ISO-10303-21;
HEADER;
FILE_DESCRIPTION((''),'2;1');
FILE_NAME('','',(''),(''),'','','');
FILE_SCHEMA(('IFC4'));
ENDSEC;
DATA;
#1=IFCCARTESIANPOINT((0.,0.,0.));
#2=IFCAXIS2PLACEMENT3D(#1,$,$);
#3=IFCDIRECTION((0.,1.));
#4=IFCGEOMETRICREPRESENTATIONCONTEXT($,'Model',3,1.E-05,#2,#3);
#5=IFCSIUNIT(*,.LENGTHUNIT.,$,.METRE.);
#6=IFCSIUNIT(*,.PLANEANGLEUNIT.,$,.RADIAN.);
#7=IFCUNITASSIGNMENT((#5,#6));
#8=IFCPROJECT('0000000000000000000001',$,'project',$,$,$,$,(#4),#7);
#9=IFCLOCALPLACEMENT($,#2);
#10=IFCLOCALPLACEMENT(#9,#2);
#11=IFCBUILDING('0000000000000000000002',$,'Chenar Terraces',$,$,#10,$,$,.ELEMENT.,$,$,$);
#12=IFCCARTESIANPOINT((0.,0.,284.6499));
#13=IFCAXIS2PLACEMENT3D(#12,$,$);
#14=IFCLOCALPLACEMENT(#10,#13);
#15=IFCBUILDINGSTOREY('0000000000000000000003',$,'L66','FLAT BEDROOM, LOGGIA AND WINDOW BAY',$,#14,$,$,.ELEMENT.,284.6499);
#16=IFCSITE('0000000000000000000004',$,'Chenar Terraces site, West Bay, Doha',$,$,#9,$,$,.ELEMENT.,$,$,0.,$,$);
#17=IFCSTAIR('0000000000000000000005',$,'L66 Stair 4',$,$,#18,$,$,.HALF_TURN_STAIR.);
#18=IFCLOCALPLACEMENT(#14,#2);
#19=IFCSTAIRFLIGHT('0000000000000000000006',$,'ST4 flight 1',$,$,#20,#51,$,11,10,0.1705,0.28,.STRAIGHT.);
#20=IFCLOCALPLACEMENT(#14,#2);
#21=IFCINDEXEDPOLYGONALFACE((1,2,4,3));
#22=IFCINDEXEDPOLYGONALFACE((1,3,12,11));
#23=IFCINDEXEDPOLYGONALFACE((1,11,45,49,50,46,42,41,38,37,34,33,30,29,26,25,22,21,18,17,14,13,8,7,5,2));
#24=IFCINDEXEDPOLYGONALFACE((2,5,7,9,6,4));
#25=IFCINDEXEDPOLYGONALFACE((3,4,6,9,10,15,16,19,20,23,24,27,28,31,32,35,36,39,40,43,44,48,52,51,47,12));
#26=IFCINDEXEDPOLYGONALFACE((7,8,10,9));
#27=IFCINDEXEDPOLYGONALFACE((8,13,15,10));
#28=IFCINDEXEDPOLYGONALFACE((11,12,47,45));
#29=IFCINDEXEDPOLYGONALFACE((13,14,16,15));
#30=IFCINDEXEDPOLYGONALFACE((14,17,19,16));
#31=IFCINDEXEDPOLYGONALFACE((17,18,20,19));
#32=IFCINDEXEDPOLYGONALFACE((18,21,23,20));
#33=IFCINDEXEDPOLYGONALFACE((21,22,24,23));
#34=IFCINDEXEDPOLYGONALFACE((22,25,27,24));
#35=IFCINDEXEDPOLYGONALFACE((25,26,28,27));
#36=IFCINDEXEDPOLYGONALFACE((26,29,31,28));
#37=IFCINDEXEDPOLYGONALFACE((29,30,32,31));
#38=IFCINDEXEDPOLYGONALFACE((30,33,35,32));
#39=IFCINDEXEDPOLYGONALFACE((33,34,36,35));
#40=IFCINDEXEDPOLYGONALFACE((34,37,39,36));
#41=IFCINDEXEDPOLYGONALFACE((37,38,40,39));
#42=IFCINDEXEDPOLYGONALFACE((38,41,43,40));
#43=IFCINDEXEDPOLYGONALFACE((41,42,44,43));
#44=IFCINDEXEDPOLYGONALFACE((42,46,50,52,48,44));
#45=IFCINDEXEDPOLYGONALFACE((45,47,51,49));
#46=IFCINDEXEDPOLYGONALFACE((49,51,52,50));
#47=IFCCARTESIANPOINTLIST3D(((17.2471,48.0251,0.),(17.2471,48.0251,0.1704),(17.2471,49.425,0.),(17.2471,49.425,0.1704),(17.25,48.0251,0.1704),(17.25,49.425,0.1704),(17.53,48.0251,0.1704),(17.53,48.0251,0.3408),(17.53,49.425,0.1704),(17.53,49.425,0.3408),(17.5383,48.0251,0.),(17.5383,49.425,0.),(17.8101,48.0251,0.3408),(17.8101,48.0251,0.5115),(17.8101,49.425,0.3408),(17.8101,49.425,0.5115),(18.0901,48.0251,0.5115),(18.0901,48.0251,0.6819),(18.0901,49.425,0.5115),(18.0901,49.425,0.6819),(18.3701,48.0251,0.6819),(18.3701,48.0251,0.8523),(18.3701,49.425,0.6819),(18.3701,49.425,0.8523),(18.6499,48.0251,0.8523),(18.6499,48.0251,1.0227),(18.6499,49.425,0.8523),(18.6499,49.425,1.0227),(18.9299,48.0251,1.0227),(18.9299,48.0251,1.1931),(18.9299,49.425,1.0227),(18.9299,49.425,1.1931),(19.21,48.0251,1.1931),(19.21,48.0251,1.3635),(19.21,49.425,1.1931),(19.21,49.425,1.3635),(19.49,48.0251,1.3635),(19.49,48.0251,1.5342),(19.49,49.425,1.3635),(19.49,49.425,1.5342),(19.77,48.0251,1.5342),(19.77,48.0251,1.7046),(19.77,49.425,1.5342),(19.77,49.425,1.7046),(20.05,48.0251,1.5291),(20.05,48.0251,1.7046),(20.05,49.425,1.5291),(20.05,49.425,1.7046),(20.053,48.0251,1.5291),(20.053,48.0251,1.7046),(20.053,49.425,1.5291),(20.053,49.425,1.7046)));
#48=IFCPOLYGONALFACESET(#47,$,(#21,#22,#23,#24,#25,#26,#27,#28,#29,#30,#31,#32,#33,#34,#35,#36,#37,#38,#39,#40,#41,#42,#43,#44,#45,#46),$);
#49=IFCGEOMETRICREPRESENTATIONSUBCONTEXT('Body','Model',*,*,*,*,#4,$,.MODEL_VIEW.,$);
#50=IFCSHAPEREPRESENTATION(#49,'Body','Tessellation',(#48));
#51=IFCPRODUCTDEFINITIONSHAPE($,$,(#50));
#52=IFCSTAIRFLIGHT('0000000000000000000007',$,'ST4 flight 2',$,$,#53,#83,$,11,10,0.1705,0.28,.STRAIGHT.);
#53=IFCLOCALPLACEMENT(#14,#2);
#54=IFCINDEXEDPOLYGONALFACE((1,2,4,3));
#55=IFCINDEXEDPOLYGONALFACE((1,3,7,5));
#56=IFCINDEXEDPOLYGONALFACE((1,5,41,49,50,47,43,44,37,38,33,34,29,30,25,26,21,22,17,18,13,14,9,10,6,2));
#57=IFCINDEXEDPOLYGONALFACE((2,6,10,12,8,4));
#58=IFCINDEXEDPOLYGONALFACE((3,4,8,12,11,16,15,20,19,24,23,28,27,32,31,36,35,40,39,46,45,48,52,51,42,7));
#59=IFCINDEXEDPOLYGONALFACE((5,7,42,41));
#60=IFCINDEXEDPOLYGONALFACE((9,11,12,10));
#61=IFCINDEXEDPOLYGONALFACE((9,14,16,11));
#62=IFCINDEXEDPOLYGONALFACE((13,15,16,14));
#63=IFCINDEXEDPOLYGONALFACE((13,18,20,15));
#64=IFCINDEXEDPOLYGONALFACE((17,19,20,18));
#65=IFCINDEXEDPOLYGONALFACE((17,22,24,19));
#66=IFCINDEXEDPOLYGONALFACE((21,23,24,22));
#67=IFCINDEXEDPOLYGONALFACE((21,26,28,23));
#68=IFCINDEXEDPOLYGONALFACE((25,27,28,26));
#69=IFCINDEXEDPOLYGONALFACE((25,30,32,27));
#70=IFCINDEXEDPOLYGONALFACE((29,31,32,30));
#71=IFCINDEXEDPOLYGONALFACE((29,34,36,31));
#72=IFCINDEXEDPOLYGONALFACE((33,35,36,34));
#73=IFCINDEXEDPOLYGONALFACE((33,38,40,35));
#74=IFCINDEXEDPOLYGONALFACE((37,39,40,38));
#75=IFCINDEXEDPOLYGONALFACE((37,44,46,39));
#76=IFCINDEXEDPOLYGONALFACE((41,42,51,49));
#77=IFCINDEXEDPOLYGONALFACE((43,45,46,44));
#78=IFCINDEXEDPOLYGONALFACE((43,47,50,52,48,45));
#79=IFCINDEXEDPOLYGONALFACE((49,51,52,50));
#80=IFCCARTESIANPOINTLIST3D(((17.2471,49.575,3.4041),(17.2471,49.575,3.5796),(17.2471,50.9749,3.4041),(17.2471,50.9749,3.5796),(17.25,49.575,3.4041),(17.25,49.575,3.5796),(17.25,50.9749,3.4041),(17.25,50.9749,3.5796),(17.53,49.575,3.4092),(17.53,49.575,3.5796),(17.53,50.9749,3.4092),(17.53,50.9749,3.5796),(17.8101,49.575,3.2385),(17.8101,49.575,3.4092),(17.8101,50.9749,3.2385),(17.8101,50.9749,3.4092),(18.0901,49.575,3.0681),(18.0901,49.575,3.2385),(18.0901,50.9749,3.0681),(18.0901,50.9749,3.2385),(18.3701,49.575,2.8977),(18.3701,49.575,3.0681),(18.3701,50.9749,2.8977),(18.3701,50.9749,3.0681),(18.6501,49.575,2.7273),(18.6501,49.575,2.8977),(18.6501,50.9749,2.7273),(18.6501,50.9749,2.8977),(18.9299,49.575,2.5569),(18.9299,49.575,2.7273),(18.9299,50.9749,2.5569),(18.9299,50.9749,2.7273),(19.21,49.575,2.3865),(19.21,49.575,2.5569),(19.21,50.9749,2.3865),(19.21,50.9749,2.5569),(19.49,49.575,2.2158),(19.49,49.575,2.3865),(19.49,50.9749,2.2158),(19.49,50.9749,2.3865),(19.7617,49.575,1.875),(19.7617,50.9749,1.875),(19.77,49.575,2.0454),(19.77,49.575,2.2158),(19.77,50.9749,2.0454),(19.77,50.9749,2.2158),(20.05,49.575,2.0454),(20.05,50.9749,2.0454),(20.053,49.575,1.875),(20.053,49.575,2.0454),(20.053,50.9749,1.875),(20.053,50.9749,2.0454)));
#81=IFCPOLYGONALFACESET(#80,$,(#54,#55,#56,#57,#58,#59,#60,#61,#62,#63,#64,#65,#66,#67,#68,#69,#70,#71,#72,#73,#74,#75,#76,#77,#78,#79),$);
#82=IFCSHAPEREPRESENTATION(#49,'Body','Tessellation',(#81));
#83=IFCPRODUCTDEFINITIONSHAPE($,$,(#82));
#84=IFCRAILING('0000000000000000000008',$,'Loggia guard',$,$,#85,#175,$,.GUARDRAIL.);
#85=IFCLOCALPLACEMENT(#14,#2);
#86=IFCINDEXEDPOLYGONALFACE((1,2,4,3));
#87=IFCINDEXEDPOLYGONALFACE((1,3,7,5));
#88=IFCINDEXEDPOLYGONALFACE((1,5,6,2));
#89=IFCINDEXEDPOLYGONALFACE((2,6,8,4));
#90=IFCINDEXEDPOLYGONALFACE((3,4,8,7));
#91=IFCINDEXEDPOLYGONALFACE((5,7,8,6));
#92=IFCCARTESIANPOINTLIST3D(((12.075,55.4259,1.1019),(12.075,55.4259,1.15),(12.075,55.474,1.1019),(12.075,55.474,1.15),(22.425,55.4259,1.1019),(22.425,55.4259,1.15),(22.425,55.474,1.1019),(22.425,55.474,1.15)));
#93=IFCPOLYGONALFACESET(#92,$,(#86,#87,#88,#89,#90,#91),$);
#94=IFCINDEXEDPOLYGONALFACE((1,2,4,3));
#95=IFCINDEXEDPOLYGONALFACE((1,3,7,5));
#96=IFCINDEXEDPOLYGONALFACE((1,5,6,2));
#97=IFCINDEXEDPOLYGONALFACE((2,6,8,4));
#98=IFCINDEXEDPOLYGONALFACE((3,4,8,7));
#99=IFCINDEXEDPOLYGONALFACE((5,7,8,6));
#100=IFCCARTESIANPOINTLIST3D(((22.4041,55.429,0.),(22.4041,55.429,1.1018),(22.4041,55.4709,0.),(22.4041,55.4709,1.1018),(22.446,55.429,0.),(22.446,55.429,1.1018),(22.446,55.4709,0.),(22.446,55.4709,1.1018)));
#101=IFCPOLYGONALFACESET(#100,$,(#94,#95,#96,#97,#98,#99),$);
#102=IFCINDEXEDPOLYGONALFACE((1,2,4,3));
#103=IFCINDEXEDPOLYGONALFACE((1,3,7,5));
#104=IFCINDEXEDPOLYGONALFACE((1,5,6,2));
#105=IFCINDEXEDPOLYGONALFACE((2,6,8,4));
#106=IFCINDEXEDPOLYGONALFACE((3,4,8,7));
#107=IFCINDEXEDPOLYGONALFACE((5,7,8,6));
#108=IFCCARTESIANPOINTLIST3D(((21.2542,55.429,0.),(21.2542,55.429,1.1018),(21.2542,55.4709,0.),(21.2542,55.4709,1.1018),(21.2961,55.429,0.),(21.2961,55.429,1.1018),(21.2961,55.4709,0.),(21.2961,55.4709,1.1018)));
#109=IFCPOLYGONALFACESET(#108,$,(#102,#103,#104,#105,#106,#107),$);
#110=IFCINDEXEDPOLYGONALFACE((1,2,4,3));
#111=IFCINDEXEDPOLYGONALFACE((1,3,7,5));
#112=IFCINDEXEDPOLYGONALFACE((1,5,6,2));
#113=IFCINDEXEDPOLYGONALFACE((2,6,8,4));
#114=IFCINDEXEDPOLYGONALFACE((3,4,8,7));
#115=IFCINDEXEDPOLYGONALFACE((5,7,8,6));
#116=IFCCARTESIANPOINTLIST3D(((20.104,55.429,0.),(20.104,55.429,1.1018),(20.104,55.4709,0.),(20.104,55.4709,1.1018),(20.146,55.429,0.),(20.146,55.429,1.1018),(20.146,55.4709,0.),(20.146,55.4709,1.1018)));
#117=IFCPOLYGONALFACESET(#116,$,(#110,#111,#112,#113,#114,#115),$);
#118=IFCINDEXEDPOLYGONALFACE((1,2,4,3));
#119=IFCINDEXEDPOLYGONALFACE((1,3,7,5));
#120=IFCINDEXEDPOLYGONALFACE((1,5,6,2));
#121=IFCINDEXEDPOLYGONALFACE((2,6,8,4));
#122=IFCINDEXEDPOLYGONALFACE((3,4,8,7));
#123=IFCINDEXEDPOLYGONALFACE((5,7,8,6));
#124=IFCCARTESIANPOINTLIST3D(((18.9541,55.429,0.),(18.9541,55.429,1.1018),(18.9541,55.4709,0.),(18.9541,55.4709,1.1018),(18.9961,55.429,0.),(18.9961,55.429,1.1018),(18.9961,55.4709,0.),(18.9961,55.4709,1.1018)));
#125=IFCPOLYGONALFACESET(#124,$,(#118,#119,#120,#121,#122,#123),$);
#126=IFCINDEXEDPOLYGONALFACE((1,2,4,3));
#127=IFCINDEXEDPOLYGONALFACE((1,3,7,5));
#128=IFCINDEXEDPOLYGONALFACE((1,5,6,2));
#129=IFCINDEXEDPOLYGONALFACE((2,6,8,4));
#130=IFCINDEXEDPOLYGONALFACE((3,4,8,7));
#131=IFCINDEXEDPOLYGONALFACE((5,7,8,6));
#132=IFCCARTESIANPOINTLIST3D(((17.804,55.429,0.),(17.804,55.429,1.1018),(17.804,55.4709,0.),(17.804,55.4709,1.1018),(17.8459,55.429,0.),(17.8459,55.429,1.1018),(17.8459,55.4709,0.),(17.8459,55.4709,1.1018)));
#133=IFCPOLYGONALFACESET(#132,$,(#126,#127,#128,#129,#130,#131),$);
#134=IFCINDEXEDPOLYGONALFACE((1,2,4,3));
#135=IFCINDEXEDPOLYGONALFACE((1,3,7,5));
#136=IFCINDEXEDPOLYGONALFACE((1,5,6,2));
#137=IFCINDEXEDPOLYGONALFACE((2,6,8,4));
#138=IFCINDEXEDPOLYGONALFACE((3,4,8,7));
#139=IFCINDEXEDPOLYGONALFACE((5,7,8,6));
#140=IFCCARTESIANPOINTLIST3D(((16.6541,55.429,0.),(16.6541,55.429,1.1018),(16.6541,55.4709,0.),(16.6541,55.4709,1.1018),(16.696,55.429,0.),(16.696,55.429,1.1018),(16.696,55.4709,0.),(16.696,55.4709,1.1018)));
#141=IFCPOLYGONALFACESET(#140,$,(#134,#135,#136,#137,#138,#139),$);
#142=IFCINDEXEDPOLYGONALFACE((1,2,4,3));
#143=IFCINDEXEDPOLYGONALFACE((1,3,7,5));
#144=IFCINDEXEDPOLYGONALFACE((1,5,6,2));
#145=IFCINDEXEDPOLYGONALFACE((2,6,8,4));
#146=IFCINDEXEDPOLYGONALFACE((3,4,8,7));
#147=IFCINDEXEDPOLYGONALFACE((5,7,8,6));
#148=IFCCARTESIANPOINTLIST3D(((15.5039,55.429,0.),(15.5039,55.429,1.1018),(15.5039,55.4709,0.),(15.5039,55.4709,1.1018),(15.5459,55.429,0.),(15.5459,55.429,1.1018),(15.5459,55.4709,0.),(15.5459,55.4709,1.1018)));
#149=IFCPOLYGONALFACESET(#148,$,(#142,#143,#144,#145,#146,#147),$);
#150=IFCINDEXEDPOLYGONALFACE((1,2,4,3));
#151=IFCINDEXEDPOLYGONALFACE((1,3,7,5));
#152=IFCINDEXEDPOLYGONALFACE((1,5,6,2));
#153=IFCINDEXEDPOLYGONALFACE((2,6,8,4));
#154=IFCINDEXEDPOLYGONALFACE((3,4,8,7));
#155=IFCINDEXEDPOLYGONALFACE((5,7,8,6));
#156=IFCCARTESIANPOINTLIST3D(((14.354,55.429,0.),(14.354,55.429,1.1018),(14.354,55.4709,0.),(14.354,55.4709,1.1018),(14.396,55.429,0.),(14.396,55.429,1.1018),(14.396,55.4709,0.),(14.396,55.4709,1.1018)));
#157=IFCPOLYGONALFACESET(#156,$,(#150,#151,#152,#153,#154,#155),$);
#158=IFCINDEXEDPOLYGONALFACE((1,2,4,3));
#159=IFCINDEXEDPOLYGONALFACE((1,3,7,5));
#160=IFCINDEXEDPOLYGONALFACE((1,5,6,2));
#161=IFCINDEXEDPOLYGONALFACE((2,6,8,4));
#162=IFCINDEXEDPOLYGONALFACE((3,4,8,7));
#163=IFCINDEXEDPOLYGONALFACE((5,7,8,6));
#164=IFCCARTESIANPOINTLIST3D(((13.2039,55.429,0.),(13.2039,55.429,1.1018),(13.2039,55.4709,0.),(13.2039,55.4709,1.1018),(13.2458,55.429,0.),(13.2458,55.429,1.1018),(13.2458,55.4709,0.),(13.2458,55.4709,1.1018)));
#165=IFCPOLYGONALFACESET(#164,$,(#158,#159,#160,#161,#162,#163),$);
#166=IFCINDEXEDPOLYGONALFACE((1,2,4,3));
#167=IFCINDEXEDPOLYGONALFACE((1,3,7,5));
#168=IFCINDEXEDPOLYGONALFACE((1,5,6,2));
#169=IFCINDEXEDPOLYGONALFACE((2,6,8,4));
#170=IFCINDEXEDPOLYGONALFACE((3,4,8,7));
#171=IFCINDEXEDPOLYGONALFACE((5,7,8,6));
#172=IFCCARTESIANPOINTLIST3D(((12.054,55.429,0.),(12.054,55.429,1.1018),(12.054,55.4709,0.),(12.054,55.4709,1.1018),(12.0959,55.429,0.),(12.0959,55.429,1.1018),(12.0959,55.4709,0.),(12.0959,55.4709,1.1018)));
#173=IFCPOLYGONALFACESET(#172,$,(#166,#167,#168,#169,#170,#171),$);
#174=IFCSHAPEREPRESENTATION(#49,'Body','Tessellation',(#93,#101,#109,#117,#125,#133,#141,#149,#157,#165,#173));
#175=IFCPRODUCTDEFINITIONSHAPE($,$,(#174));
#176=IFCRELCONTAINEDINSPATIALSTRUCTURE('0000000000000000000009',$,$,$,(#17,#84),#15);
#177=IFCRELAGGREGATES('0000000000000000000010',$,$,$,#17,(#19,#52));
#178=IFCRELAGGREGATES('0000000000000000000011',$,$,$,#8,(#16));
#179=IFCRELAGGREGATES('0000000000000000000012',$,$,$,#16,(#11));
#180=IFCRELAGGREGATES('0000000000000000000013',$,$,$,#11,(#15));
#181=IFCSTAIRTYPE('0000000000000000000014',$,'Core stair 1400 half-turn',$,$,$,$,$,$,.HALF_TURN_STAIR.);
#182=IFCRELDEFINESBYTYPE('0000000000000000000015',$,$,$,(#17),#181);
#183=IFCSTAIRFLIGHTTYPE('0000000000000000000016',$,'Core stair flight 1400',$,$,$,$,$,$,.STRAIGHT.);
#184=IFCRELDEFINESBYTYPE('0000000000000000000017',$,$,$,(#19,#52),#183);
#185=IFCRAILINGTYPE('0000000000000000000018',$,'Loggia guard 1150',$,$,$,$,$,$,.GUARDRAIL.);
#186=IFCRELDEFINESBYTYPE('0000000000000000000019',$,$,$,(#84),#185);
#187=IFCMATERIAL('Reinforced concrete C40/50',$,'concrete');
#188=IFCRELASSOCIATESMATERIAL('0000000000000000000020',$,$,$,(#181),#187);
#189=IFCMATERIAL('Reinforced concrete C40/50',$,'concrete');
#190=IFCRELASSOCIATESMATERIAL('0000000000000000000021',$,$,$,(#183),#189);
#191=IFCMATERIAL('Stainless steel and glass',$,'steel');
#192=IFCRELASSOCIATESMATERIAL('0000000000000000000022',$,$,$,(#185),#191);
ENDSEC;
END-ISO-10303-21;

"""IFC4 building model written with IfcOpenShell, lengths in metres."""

from ifc_helpers import new_model, si_unit, direction, frame, origin, origin_2d, place, context, subcontext, project, spatial, polyline, rectangle, outline, extrude, material, type_object, element, aggregate, save


model = new_model("IFC4")

# Units and contexts
model_context = context("Model", 3, precision=1e-05, world=origin(), true_north=direction((0.0, 1.0)))
body_context = subcontext(model_context, "Body", "Model", "MODEL_VIEW")
ifc_project = project(units=[si_unit("LENGTHUNIT", "METRE"), si_unit("PLANEANGLEUNIT", "RADIAN")], contexts=[model_context])

# Site, building, storey
site_placement = place(None, origin())
site = spatial("IfcSite", under=ifc_project, at=site_placement, Name="Chenar Terraces site, West Bay, Doha", CompositionType="ELEMENT", RefElevation=0.0)
building_placement = place(site_placement, origin())
building = spatial("IfcBuilding", under=site, at=building_placement, Name="Chenar Terraces", CompositionType="ELEMENT")
storey_placement = place(building_placement, frame((0.0, 0.0, 284.6499)))
storey = spatial("IfcBuildingStorey", under=building, at=storey_placement, Name="L66", Description="FLAT BEDROOM, LOGGIA AND WINDOW BAY", CompositionType="ELEMENT", Elevation=284.6499)

# Stair, stair flights
ifc_material_1 = material(Name="Reinforced concrete C40/50", Category="concrete")
stair_type = type_object("IfcStairType", Name="Core stair 1400 half-turn", PredefinedType="HALF_TURN_STAIR", material=ifc_material_1)
stair_placement = place(storey_placement, origin())
stair = element("IfcStair", 1, at=stair_placement, inside=storey, type_object=stair_type, Name="L66 Stair 4", PredefinedType="HALF_TURN_STAIR")
ifc_material_2 = material(Name="Reinforced concrete C40/50", Category="concrete")
stair_flight_type = type_object("IfcStairFlightType", Name="Core stair flight 1400", PredefinedType="STRAIGHT", material=ifc_material_2)
stair_flight_1_placement = place(storey_placement, frame((17.25, 48.7251, 0.0), z_axis=(0.0, 0.0, 1.0), x_axis=(1.0, 0.0, 0.0)))
stair_flight_1 = element("IfcStairFlight", 2, at=stair_flight_1_placement, type_object=stair_flight_type, Name="ST4 flight 1", NumberOfRisers=11, NumberOfTreads=10, PredefinedType="STRAIGHT", RiserHeight=0.1705, TreadLength=0.28, context=body_context, shape_type="SweptSolid", body=[
    extrude(outline(polyline([(-0.0029, 0.0), (-0.0029, 0.1704), (0.0, 0.1704), (0.28, 0.1704), (0.28, 0.3408), (0.5601, 0.3408), (0.5601, 0.5115), (0.8401, 0.5115), (0.8401, 0.6819), (1.1201, 0.6819), (1.1201, 0.8523), (1.3999, 0.8523), (1.3999, 1.0227), (1.6799, 1.0227), (1.6799, 1.1931), (1.96, 1.1931), (1.96, 1.3635), (2.24, 1.3635), (2.24, 1.5342), (2.52, 1.5342), (2.52, 1.7046), (2.8, 1.7046), (2.803, 1.7046), (2.803, 1.5291), (2.8, 1.5291), (0.2883, 0.0), (-0.0029, 0.0)])), frame((0.0, 0.7, 0.0), z_axis=(0.0, -1.0, 0.0), x_axis=(1.0, 0.0, 0.0)), (0.0, 0.0, 1.0), 1.3999),
])
stair_flight_2_placement = place(storey_placement, frame((20.05, 50.2749, 1.875), z_axis=(0.0, 0.0, 1.0), x_axis=(-1.0, 0.0, 0.0)))
stair_flight_2 = element("IfcStairFlight", 3, at=stair_flight_2_placement, type_object=stair_flight_type, Name="ST4 flight 2", NumberOfRisers=11, NumberOfTreads=10, PredefinedType="STRAIGHT", RiserHeight=0.1705, TreadLength=0.28, context=body_context, shape_type="SweptSolid", body=[
    extrude(outline(polyline([(-0.0029, 0.0), (-0.0029, 0.1704), (0.0, 0.1704), (0.28, 0.1704), (0.28, 0.3408), (0.5601, 0.3408), (0.5601, 0.5115), (0.8401, 0.5115), (0.8401, 0.6819), (1.1201, 0.6819), (1.1201, 0.8523), (1.3999, 0.8523), (1.3999, 1.0227), (1.6799, 1.0227), (1.6799, 1.1931), (1.96, 1.1931), (1.96, 1.3635), (2.24, 1.3635), (2.24, 1.5342), (2.52, 1.5342), (2.52, 1.7046), (2.8, 1.7046), (2.803, 1.7046), (2.803, 1.5291), (2.8, 1.5291), (0.2883, 0.0), (-0.0029, 0.0)])), frame((0.0, 0.7, 0.0), z_axis=(0.0, -1.0, 0.0), x_axis=(1.0, 0.0, 0.0)), (0.0, 0.0, 1.0), 1.3999),
])
aggregate(stair, [stair_flight_1, stair_flight_2])

# Railing
ifc_material_3 = material(Name="Stainless steel and glass", Category="steel")
railing_type_1 = type_object("IfcRailingType", Name="Loggia guard 1150", PredefinedType="GUARDRAIL", material=ifc_material_3)
railing_1_placement = place(storey_placement, frame((22.425, 55.45, 0.0)))
element("IfcRailing", 4, at=railing_1_placement, inside=storey, type_object=railing_type_1, Name="Loggia guard", PredefinedType="GUARDRAIL", context=body_context, shape_type="SweptSolid", body=[
    extrude(rectangle(XDim=0.0481, YDim=0.0481, at=origin_2d()), frame((0.0, 0.0, 1.126), z_axis=(-1.0, 0.0, 0.0), x_axis=(0.0, -1.0, 0.0)), (0.0, 0.0, 1.0), 10.3501),
    extrude(rectangle(XDim=0.042, YDim=0.042, at=origin_2d()), origin(), (0.0, 0.0, 1.0), 1.1018),
    extrude(rectangle(XDim=0.042, YDim=0.042, at=origin_2d()), frame((-1.1499, 0.0, 0.0)), (0.0, 0.0, 1.0), 1.1018),
    extrude(rectangle(XDim=0.042, YDim=0.042, at=origin_2d()), frame((-2.3, 0.0, 0.0)), (0.0, 0.0, 1.0), 1.1018),
    extrude(rectangle(XDim=0.042, YDim=0.042, at=origin_2d()), frame((-3.45, 0.0, 0.0)), (0.0, 0.0, 1.0), 1.1018),
    extrude(rectangle(XDim=0.042, YDim=0.042, at=origin_2d()), frame((-4.6001, 0.0, 0.0)), (0.0, 0.0, 1.0), 1.1018),
    extrude(rectangle(XDim=0.042, YDim=0.042, at=origin_2d()), frame((-5.75, 0.0, 0.0)), (0.0, 0.0, 1.0), 1.1018),
    extrude(rectangle(XDim=0.042, YDim=0.042, at=origin_2d()), frame((-6.9001, 0.0, 0.0)), (0.0, 0.0, 1.0), 1.1018),
    extrude(rectangle(XDim=0.042, YDim=0.042, at=origin_2d()), frame((-8.05, 0.0, 0.0)), (0.0, 0.0, 1.0), 1.1018),
    extrude(rectangle(XDim=0.042, YDim=0.042, at=origin_2d()), frame((-9.2002, 0.0, 0.0)), (0.0, 0.0, 1.0), 1.1018),
    extrude(rectangle(XDim=0.042, YDim=0.042, at=origin_2d()), frame((-10.3501, 0.0, 0.0)), (0.0, 0.0, 1.0), 1.1018),
])

save(model, "model.ifc")
